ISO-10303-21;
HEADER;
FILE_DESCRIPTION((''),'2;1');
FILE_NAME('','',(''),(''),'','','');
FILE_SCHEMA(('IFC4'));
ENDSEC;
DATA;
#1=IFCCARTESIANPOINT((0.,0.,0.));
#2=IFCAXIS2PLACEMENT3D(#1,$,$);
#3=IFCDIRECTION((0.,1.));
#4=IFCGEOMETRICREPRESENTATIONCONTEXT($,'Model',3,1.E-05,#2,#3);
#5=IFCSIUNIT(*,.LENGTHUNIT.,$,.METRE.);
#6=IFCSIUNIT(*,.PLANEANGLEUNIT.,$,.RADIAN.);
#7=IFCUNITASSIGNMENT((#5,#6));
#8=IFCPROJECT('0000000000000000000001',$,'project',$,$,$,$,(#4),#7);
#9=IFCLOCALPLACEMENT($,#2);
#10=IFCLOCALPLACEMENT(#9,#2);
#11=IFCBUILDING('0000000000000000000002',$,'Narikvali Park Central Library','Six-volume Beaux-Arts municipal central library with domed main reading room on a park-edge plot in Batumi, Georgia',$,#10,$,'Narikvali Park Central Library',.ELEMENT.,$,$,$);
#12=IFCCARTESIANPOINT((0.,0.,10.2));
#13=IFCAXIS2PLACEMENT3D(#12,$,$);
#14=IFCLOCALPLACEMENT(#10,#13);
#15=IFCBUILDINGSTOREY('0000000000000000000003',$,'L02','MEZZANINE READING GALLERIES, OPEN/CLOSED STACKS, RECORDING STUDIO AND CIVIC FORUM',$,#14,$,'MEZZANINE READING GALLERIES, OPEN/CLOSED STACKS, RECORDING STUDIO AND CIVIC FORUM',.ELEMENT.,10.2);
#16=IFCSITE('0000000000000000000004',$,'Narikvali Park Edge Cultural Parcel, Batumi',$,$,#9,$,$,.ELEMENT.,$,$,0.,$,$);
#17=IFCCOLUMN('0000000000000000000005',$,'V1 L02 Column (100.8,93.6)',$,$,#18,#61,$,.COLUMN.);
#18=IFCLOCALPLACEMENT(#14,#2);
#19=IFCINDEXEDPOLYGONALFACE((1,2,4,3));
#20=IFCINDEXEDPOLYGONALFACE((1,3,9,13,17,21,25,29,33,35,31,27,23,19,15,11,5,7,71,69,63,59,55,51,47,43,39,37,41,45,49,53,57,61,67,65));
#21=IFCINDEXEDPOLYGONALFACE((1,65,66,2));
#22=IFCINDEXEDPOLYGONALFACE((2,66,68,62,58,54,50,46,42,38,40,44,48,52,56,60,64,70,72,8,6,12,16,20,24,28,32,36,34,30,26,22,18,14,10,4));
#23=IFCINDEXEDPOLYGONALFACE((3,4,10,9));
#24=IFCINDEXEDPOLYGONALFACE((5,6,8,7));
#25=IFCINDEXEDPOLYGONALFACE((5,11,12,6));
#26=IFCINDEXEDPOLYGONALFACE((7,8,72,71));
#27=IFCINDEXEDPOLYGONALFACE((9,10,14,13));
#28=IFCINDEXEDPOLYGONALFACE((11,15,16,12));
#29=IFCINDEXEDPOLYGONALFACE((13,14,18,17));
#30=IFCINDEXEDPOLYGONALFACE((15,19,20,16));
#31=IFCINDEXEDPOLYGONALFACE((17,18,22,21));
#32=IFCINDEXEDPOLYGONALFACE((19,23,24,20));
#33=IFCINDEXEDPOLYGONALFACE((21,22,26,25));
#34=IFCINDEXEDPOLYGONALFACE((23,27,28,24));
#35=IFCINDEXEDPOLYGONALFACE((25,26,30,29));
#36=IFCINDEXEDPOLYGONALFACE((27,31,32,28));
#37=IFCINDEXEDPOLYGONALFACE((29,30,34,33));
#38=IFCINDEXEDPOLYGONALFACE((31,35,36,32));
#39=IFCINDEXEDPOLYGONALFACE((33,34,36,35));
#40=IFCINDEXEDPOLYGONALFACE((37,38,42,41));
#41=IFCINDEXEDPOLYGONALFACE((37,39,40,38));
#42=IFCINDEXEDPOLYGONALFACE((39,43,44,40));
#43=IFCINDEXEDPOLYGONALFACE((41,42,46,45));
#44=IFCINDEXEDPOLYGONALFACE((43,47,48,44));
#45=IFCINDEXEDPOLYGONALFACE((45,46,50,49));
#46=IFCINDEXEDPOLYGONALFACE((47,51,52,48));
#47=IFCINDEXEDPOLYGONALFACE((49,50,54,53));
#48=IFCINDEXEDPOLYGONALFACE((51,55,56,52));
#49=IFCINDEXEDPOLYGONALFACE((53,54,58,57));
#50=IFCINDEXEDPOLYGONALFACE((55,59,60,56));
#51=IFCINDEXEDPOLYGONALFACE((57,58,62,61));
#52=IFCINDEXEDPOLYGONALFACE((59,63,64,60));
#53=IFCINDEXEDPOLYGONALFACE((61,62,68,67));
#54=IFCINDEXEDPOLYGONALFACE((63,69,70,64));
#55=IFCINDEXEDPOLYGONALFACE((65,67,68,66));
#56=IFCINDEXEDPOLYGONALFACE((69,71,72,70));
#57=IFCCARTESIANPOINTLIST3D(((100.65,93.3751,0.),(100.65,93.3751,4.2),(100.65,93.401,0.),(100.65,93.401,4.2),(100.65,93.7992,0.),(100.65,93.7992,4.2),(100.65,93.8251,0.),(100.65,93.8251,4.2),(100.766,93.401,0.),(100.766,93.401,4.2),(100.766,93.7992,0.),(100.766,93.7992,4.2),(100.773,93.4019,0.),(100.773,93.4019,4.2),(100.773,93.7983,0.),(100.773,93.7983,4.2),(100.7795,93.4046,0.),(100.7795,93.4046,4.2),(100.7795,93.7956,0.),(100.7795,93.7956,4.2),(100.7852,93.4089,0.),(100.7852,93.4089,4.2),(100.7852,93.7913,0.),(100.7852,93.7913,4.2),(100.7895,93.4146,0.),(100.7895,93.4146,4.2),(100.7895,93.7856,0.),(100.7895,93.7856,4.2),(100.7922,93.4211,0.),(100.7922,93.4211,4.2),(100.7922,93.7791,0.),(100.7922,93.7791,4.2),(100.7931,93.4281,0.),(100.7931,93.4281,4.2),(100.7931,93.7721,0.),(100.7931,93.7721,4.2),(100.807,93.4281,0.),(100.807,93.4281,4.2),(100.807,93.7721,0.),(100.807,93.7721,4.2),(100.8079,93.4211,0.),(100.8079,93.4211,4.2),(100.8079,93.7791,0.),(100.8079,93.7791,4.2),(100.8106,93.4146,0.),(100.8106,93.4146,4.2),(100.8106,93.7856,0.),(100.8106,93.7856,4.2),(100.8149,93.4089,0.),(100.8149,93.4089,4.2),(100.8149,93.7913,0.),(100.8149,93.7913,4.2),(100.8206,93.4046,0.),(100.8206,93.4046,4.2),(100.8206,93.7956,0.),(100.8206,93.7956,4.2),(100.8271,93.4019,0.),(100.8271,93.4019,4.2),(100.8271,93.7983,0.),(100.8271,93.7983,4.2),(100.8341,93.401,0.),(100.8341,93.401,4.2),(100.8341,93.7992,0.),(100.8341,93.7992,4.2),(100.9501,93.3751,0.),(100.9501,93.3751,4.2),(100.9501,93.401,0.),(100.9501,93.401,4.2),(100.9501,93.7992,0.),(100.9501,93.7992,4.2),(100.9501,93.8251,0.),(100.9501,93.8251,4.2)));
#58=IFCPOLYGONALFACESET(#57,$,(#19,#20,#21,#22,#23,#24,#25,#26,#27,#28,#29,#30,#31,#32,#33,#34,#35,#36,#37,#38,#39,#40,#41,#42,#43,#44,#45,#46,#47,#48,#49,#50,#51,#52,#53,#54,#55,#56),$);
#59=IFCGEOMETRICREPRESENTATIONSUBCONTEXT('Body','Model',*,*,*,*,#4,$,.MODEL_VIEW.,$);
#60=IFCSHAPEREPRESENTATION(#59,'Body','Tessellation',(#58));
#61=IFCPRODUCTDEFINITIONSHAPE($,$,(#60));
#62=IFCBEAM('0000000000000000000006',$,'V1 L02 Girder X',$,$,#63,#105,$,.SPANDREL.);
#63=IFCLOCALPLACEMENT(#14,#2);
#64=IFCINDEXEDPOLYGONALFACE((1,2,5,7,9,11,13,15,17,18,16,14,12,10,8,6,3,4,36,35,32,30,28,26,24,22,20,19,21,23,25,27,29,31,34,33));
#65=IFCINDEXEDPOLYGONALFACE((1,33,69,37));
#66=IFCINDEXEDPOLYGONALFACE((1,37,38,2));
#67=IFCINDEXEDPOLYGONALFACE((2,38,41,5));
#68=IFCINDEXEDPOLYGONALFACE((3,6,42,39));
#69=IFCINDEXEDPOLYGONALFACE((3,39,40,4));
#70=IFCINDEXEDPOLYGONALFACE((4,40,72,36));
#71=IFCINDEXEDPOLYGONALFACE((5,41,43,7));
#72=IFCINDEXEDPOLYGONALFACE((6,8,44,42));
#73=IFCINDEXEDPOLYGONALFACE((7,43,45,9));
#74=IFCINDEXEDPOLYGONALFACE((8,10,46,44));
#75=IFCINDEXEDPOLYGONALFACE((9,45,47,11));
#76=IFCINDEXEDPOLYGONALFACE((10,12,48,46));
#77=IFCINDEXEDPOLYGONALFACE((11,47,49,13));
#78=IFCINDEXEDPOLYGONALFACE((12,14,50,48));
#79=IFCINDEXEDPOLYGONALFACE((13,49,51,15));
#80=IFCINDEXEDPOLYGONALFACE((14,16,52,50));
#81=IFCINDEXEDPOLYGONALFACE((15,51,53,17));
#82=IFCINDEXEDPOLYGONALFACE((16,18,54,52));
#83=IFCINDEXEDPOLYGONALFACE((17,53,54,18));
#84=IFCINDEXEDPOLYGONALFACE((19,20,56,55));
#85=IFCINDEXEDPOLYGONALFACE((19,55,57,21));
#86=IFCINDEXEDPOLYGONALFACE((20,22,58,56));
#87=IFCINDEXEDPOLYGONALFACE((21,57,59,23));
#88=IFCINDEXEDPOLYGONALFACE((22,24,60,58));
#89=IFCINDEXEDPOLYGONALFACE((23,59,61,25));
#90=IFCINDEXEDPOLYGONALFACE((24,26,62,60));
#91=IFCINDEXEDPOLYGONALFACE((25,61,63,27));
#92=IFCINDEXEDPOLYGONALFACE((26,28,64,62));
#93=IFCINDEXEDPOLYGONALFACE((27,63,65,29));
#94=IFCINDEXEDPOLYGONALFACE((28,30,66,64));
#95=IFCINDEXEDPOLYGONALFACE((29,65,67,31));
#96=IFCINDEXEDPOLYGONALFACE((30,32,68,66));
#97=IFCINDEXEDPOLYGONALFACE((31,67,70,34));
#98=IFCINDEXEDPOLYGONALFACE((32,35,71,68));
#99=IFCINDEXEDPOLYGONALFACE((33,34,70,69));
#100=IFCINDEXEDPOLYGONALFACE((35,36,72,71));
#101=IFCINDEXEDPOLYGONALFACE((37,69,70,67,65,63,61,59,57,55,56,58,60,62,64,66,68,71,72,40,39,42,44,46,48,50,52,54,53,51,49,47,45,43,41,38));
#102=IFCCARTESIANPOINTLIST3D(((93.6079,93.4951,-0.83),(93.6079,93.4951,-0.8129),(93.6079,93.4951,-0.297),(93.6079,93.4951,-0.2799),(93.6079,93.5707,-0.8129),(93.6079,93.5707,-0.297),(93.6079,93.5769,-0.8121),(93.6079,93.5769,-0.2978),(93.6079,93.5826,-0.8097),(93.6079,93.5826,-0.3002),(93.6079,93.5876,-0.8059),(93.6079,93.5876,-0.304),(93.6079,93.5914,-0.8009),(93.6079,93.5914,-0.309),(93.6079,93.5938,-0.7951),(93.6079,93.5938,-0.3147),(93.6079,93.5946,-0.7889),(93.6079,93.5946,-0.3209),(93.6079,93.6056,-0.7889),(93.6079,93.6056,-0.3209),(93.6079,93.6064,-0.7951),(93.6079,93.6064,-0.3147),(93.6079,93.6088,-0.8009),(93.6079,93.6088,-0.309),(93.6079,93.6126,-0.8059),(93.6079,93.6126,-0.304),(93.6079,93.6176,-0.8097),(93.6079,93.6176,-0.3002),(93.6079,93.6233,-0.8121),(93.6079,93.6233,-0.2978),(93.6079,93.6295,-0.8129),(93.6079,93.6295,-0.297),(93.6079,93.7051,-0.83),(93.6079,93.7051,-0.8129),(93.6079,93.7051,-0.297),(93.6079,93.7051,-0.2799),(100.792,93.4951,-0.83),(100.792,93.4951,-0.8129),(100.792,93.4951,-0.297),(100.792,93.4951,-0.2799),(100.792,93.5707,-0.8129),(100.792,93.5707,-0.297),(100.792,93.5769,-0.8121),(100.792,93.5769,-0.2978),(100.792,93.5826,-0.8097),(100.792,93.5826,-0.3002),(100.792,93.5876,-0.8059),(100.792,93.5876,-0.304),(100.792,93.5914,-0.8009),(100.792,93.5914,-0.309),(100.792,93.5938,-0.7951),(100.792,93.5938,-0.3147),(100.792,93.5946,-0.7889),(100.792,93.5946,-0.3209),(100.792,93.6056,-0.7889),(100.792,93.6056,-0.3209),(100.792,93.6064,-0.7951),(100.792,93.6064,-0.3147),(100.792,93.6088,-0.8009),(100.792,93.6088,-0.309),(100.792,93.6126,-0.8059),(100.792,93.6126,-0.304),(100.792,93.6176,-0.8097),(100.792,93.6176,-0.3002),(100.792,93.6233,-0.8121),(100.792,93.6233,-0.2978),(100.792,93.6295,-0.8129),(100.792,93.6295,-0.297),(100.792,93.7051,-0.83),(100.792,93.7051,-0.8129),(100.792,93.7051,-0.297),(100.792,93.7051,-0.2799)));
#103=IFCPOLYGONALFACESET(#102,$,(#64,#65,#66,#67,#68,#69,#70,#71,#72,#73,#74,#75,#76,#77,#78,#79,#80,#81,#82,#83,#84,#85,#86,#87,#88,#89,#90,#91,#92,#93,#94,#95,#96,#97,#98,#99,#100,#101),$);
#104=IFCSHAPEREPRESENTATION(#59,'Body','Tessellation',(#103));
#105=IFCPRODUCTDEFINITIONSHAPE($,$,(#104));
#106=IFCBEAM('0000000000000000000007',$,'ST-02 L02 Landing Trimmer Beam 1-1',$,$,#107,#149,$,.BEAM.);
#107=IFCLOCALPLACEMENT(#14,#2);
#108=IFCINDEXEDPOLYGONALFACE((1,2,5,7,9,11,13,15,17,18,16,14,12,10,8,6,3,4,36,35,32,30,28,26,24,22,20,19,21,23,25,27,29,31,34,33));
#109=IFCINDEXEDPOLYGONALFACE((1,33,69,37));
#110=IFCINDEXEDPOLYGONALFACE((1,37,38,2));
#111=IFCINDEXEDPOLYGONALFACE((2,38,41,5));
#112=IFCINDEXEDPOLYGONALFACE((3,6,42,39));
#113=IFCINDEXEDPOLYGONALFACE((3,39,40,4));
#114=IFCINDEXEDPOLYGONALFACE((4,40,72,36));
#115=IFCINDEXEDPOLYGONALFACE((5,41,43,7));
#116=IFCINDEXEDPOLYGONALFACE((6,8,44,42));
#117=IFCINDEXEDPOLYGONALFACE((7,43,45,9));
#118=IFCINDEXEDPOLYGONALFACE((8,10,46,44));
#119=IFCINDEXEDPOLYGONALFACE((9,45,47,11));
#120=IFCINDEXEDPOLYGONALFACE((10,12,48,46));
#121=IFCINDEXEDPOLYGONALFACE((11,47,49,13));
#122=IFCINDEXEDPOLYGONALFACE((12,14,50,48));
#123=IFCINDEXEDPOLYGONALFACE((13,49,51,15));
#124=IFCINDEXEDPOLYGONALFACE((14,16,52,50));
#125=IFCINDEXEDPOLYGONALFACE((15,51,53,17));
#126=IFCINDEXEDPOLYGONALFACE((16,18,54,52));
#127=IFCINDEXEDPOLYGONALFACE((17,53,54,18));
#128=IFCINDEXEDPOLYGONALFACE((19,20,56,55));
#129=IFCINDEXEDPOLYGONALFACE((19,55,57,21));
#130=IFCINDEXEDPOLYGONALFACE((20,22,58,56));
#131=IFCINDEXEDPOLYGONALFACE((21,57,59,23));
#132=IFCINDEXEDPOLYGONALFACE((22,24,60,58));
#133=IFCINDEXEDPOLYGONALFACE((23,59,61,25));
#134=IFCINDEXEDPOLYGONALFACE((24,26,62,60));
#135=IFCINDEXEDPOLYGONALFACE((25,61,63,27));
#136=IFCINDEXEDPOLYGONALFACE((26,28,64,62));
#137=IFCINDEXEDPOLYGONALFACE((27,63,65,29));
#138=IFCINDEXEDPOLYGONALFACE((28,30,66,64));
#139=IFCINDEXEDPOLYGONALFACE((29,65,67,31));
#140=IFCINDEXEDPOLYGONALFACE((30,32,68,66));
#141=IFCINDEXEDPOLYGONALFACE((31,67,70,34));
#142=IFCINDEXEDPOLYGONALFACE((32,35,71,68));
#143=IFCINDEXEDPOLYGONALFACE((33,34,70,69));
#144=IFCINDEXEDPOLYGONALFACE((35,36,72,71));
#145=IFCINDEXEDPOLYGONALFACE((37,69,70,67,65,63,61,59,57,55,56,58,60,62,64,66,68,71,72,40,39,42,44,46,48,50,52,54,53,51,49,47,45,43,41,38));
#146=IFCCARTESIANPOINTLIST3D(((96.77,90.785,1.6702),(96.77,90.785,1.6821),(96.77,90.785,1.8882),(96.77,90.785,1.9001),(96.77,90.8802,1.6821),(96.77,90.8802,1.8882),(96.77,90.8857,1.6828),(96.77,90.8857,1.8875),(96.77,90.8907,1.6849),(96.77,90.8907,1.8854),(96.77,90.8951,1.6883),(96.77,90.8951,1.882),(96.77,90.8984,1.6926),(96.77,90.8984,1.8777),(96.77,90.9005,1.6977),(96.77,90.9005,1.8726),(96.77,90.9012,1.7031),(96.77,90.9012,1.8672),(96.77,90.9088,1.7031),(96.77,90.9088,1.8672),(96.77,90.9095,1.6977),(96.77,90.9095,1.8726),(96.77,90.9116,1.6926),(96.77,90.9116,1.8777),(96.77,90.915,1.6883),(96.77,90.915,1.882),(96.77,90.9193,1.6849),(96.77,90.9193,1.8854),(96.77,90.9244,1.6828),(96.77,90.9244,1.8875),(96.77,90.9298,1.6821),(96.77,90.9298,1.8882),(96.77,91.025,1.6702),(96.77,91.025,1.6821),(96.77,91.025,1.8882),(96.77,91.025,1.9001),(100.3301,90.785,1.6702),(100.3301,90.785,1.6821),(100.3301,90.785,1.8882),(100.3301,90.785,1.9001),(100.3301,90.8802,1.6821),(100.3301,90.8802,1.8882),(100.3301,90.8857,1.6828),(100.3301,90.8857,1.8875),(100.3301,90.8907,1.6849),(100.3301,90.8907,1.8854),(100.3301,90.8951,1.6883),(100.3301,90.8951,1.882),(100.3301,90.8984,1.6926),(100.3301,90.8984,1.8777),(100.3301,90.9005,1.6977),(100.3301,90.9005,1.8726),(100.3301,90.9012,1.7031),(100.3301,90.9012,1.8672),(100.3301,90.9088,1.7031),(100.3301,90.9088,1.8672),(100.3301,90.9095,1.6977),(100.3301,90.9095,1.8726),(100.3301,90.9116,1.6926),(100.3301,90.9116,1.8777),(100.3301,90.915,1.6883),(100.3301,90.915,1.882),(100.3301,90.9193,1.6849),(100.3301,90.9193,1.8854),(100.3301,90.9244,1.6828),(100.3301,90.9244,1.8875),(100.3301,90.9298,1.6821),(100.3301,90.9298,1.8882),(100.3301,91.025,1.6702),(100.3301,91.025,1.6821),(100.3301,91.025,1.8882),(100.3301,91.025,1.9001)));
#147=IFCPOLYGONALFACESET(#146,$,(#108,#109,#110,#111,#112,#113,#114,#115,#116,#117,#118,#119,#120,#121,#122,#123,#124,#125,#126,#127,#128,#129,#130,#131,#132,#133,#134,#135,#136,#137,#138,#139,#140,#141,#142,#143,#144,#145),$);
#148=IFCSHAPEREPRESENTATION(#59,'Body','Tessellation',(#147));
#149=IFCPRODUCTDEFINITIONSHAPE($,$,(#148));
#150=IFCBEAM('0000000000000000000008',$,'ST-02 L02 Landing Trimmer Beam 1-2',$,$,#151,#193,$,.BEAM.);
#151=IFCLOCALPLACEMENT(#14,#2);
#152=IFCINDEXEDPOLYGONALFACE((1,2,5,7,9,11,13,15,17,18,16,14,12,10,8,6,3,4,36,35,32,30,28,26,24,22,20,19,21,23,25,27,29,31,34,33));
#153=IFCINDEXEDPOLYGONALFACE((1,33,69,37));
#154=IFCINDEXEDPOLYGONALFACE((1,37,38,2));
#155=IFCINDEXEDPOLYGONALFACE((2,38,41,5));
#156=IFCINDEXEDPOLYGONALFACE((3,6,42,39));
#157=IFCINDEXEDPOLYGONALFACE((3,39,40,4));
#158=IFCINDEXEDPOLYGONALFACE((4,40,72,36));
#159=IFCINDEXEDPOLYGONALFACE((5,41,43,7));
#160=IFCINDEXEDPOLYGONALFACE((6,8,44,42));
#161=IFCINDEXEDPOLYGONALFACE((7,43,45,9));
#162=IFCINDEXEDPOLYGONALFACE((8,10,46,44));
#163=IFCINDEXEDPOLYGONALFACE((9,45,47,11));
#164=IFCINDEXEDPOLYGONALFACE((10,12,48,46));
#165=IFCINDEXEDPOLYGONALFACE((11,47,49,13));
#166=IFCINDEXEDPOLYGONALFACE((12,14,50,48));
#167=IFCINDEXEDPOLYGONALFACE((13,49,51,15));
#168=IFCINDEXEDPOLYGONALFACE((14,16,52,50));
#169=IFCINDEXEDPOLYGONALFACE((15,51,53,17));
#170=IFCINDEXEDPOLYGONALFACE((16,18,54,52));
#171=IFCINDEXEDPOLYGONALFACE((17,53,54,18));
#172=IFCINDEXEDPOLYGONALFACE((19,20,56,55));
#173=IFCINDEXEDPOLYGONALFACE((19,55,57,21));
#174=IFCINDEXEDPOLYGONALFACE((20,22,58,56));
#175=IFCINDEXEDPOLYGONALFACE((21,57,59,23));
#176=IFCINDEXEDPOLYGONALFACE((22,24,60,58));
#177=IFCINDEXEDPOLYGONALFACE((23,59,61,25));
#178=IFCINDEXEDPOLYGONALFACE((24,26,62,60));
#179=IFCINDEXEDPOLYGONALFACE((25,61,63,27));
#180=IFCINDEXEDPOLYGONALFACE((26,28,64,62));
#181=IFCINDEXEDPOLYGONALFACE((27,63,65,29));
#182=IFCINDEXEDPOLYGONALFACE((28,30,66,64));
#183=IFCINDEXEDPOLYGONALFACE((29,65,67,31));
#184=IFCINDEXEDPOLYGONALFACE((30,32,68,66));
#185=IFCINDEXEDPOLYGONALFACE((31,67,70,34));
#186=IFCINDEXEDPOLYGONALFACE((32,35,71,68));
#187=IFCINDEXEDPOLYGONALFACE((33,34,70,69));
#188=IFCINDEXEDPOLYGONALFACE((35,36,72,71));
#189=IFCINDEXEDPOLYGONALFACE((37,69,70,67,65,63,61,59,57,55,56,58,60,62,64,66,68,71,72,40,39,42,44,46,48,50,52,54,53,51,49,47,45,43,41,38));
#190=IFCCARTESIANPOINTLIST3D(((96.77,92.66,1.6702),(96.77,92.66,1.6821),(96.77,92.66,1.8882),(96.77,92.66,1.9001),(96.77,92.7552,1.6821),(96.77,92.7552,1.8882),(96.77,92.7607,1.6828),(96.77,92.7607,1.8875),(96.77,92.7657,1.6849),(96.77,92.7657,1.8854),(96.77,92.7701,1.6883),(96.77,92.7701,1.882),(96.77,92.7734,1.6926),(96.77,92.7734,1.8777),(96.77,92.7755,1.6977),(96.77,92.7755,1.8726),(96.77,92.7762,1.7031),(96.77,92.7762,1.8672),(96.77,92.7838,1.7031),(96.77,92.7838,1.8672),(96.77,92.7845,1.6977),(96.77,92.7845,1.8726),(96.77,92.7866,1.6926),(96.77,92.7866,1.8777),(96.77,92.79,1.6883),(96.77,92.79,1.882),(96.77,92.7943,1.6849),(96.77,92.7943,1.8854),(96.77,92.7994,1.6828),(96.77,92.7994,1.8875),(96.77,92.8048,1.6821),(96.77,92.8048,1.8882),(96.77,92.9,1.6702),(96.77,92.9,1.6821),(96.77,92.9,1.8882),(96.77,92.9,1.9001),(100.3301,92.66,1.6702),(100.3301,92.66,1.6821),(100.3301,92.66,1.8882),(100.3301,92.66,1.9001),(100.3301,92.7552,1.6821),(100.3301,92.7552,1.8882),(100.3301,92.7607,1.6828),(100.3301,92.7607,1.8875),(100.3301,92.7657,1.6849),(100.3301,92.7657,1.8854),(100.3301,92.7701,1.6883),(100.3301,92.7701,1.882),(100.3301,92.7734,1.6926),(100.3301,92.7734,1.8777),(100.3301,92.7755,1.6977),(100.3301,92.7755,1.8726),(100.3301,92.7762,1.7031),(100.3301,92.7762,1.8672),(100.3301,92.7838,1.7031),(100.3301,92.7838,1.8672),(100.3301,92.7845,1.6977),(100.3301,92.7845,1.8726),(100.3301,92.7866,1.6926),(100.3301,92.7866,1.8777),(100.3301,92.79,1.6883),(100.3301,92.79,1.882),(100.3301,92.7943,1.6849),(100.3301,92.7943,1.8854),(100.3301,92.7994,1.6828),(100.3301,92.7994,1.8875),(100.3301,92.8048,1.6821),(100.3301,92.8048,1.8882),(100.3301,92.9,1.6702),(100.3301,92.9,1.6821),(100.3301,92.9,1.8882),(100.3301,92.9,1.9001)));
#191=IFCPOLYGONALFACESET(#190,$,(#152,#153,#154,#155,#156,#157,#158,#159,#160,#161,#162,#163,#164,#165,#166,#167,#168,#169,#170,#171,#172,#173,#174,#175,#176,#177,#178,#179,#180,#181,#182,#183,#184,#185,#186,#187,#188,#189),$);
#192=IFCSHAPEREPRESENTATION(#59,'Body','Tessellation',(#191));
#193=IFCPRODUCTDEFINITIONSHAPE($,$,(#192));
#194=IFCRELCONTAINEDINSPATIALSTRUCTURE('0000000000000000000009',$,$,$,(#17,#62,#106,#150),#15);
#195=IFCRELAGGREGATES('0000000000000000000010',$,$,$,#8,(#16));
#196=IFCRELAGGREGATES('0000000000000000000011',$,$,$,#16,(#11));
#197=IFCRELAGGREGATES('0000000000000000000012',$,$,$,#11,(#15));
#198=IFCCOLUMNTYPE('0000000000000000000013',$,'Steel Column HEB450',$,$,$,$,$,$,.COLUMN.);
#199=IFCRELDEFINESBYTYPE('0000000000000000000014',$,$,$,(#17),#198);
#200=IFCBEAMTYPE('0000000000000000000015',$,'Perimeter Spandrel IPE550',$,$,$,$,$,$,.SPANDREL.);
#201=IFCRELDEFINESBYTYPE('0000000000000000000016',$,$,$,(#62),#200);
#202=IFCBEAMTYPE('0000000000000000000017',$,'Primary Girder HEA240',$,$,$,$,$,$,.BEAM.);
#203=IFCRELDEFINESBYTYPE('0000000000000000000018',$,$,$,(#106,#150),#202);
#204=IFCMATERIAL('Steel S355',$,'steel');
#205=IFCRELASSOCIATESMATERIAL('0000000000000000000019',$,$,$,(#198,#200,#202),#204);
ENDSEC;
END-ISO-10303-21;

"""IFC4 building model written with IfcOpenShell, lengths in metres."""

from ifc_helpers import new_model, si_unit, direction, frame, origin, origin_2d, place, context, subcontext, project, spatial, i_section, extrude, material, material_profile, profile_set, type_object, element, save


model = new_model("IFC4")

# Units and contexts
model_context = context("Model", 3, precision=1e-05, world=origin(), true_north=direction((0.0, 1.0)))
body_context = subcontext(model_context, "Body", "Model", "MODEL_VIEW")
ifc_project = project(units=[si_unit("LENGTHUNIT", "METRE"), si_unit("PLANEANGLEUNIT", "RADIAN")], contexts=[model_context])

# Site, building, storey
site_placement = place(None, origin())
site = spatial("IfcSite", under=ifc_project, at=site_placement, Name="Narikvali Park Edge Cultural Parcel, Batumi", CompositionType="ELEMENT", RefElevation=0.0)
building_placement = place(site_placement, origin())
building = spatial("IfcBuilding", under=site, at=building_placement, Name="Narikvali Park Central Library", Description="Six-volume Beaux-Arts municipal central library with domed main reading room on a park-edge plot in Batumi, Georgia", LongName="Narikvali Park Central Library", CompositionType="ELEMENT")
storey_placement = place(building_placement, frame((0.0, 0.0, 10.2)))
storey = spatial("IfcBuildingStorey", under=building, at=storey_placement, Name="L02", Description="MEZZANINE READING GALLERIES, OPEN/CLOSED STACKS, RECORDING STUDIO AND CIVIC FORUM", LongName="MEZZANINE READING GALLERIES, OPEN/CLOSED STACKS, RECORDING STUDIO AND CIVIC FORUM", CompositionType="ELEMENT", Elevation=10.2)

# Column
ifc_material_1 = material(Name="Steel S355", Category="steel")
ifc_material_profile_1 = material_profile(ifc_material_1, i_section(OverallWidth=0.3, OverallDepth=0.45, WebThickness=0.0139, FlangeThickness=0.0259, FilletRadius=0.0271, at=origin_2d()), Name="HEB 450")
ifc_profile_set_1 = profile_set([ifc_material_profile_1], Name="Steel S355")
column_type = type_object("IfcColumnType", Name="Steel Column HEB450", PredefinedType="COLUMN", material=ifc_profile_set_1)
column_placement = place(storey_placement, frame((100.8, 93.6001, 0.0), z_axis=(0.0, 0.0, 1.0), x_axis=(1.0, 0.0, 0.0)))
element("IfcColumn", 1, at=column_placement, inside=storey, type_object=column_type, Name="V1 L02 Column (100.8,93.6)", PredefinedType="COLUMN", context=body_context, shape_type="SweptSolid", body=[
    extrude(i_section(OverallWidth=0.3, OverallDepth=0.45, WebThickness=0.0139, FlangeThickness=0.0259, FilletRadius=0.0271, at=origin_2d()), origin(), (0.0, 0.0, 1.0), 4.2),
])

# Beams
ifc_material_profile_2 = material_profile(ifc_material_1, i_section(OverallWidth=0.21, OverallDepth=0.55, WebThickness=0.011, FlangeThickness=0.0171, FilletRadius=0.0239, at=origin_2d()), Name="IPE 550")
ifc_profile_set_2 = profile_set([ifc_material_profile_2], Name="Steel S355")
beam_type_1 = type_object("IfcBeamType", Name="Perimeter Spandrel IPE550", PredefinedType="SPANDREL", material=ifc_profile_set_2)
beam_placement = place(storey_placement, frame((93.6079, 93.6001, -0.5549), z_axis=(1.0, 0.0, 0.0), x_axis=(0.0, 1.0, 0.0)))
element("IfcBeam", 2, at=beam_placement, inside=storey, type_object=beam_type_1, Name="V1 L02 Girder X", PredefinedType="SPANDREL", context=body_context, shape_type="SweptSolid", body=[
    extrude(i_section(OverallWidth=0.21, OverallDepth=0.55, WebThickness=0.011, FlangeThickness=0.0171, FilletRadius=0.0239, at=origin_2d()), origin(), (0.0, 0.0, 1.0), 7.1841),
])
ifc_material_profile_3 = material_profile(ifc_material_1, i_section(OverallWidth=0.24, OverallDepth=0.23, WebThickness=0.0076, FlangeThickness=0.012, FilletRadius=0.021, at=origin_2d()), Name="HEA 240")
ifc_profile_set_3 = profile_set([ifc_material_profile_3], Name="Steel S355")
beam_type_2 = type_object("IfcBeamType", Name="Primary Girder HEA240", PredefinedType="BEAM", material=ifc_profile_set_3)
for number, where, z_axis, x_axis, name in (
    (3, (96.77, 90.905, 1.7852), (1.0, 0.0, 0.0), (0.0, 1.0, 0.0), "ST-02 L02 Landing Trimmer Beam 1-1"),
    (4, (96.77, 92.78, 1.7852), (1.0, 0.0, 0.0), (0.0, 1.0, 0.0), "ST-02 L02 Landing Trimmer Beam 1-2"),
):
    element("IfcBeam", number, at=place(storey_placement, frame(where, z_axis=z_axis, x_axis=x_axis)), inside=storey, type_object=beam_type_2, Name=name, PredefinedType="BEAM", context=body_context, shape_type="SweptSolid", body=[
        extrude(i_section(OverallWidth=0.24, OverallDepth=0.23, WebThickness=0.0076, FlangeThickness=0.012, FilletRadius=0.021, at=origin_2d()), origin(), (0.0, 0.0, 1.0), 3.5601),
    ])

save(model, "model.ifc")
